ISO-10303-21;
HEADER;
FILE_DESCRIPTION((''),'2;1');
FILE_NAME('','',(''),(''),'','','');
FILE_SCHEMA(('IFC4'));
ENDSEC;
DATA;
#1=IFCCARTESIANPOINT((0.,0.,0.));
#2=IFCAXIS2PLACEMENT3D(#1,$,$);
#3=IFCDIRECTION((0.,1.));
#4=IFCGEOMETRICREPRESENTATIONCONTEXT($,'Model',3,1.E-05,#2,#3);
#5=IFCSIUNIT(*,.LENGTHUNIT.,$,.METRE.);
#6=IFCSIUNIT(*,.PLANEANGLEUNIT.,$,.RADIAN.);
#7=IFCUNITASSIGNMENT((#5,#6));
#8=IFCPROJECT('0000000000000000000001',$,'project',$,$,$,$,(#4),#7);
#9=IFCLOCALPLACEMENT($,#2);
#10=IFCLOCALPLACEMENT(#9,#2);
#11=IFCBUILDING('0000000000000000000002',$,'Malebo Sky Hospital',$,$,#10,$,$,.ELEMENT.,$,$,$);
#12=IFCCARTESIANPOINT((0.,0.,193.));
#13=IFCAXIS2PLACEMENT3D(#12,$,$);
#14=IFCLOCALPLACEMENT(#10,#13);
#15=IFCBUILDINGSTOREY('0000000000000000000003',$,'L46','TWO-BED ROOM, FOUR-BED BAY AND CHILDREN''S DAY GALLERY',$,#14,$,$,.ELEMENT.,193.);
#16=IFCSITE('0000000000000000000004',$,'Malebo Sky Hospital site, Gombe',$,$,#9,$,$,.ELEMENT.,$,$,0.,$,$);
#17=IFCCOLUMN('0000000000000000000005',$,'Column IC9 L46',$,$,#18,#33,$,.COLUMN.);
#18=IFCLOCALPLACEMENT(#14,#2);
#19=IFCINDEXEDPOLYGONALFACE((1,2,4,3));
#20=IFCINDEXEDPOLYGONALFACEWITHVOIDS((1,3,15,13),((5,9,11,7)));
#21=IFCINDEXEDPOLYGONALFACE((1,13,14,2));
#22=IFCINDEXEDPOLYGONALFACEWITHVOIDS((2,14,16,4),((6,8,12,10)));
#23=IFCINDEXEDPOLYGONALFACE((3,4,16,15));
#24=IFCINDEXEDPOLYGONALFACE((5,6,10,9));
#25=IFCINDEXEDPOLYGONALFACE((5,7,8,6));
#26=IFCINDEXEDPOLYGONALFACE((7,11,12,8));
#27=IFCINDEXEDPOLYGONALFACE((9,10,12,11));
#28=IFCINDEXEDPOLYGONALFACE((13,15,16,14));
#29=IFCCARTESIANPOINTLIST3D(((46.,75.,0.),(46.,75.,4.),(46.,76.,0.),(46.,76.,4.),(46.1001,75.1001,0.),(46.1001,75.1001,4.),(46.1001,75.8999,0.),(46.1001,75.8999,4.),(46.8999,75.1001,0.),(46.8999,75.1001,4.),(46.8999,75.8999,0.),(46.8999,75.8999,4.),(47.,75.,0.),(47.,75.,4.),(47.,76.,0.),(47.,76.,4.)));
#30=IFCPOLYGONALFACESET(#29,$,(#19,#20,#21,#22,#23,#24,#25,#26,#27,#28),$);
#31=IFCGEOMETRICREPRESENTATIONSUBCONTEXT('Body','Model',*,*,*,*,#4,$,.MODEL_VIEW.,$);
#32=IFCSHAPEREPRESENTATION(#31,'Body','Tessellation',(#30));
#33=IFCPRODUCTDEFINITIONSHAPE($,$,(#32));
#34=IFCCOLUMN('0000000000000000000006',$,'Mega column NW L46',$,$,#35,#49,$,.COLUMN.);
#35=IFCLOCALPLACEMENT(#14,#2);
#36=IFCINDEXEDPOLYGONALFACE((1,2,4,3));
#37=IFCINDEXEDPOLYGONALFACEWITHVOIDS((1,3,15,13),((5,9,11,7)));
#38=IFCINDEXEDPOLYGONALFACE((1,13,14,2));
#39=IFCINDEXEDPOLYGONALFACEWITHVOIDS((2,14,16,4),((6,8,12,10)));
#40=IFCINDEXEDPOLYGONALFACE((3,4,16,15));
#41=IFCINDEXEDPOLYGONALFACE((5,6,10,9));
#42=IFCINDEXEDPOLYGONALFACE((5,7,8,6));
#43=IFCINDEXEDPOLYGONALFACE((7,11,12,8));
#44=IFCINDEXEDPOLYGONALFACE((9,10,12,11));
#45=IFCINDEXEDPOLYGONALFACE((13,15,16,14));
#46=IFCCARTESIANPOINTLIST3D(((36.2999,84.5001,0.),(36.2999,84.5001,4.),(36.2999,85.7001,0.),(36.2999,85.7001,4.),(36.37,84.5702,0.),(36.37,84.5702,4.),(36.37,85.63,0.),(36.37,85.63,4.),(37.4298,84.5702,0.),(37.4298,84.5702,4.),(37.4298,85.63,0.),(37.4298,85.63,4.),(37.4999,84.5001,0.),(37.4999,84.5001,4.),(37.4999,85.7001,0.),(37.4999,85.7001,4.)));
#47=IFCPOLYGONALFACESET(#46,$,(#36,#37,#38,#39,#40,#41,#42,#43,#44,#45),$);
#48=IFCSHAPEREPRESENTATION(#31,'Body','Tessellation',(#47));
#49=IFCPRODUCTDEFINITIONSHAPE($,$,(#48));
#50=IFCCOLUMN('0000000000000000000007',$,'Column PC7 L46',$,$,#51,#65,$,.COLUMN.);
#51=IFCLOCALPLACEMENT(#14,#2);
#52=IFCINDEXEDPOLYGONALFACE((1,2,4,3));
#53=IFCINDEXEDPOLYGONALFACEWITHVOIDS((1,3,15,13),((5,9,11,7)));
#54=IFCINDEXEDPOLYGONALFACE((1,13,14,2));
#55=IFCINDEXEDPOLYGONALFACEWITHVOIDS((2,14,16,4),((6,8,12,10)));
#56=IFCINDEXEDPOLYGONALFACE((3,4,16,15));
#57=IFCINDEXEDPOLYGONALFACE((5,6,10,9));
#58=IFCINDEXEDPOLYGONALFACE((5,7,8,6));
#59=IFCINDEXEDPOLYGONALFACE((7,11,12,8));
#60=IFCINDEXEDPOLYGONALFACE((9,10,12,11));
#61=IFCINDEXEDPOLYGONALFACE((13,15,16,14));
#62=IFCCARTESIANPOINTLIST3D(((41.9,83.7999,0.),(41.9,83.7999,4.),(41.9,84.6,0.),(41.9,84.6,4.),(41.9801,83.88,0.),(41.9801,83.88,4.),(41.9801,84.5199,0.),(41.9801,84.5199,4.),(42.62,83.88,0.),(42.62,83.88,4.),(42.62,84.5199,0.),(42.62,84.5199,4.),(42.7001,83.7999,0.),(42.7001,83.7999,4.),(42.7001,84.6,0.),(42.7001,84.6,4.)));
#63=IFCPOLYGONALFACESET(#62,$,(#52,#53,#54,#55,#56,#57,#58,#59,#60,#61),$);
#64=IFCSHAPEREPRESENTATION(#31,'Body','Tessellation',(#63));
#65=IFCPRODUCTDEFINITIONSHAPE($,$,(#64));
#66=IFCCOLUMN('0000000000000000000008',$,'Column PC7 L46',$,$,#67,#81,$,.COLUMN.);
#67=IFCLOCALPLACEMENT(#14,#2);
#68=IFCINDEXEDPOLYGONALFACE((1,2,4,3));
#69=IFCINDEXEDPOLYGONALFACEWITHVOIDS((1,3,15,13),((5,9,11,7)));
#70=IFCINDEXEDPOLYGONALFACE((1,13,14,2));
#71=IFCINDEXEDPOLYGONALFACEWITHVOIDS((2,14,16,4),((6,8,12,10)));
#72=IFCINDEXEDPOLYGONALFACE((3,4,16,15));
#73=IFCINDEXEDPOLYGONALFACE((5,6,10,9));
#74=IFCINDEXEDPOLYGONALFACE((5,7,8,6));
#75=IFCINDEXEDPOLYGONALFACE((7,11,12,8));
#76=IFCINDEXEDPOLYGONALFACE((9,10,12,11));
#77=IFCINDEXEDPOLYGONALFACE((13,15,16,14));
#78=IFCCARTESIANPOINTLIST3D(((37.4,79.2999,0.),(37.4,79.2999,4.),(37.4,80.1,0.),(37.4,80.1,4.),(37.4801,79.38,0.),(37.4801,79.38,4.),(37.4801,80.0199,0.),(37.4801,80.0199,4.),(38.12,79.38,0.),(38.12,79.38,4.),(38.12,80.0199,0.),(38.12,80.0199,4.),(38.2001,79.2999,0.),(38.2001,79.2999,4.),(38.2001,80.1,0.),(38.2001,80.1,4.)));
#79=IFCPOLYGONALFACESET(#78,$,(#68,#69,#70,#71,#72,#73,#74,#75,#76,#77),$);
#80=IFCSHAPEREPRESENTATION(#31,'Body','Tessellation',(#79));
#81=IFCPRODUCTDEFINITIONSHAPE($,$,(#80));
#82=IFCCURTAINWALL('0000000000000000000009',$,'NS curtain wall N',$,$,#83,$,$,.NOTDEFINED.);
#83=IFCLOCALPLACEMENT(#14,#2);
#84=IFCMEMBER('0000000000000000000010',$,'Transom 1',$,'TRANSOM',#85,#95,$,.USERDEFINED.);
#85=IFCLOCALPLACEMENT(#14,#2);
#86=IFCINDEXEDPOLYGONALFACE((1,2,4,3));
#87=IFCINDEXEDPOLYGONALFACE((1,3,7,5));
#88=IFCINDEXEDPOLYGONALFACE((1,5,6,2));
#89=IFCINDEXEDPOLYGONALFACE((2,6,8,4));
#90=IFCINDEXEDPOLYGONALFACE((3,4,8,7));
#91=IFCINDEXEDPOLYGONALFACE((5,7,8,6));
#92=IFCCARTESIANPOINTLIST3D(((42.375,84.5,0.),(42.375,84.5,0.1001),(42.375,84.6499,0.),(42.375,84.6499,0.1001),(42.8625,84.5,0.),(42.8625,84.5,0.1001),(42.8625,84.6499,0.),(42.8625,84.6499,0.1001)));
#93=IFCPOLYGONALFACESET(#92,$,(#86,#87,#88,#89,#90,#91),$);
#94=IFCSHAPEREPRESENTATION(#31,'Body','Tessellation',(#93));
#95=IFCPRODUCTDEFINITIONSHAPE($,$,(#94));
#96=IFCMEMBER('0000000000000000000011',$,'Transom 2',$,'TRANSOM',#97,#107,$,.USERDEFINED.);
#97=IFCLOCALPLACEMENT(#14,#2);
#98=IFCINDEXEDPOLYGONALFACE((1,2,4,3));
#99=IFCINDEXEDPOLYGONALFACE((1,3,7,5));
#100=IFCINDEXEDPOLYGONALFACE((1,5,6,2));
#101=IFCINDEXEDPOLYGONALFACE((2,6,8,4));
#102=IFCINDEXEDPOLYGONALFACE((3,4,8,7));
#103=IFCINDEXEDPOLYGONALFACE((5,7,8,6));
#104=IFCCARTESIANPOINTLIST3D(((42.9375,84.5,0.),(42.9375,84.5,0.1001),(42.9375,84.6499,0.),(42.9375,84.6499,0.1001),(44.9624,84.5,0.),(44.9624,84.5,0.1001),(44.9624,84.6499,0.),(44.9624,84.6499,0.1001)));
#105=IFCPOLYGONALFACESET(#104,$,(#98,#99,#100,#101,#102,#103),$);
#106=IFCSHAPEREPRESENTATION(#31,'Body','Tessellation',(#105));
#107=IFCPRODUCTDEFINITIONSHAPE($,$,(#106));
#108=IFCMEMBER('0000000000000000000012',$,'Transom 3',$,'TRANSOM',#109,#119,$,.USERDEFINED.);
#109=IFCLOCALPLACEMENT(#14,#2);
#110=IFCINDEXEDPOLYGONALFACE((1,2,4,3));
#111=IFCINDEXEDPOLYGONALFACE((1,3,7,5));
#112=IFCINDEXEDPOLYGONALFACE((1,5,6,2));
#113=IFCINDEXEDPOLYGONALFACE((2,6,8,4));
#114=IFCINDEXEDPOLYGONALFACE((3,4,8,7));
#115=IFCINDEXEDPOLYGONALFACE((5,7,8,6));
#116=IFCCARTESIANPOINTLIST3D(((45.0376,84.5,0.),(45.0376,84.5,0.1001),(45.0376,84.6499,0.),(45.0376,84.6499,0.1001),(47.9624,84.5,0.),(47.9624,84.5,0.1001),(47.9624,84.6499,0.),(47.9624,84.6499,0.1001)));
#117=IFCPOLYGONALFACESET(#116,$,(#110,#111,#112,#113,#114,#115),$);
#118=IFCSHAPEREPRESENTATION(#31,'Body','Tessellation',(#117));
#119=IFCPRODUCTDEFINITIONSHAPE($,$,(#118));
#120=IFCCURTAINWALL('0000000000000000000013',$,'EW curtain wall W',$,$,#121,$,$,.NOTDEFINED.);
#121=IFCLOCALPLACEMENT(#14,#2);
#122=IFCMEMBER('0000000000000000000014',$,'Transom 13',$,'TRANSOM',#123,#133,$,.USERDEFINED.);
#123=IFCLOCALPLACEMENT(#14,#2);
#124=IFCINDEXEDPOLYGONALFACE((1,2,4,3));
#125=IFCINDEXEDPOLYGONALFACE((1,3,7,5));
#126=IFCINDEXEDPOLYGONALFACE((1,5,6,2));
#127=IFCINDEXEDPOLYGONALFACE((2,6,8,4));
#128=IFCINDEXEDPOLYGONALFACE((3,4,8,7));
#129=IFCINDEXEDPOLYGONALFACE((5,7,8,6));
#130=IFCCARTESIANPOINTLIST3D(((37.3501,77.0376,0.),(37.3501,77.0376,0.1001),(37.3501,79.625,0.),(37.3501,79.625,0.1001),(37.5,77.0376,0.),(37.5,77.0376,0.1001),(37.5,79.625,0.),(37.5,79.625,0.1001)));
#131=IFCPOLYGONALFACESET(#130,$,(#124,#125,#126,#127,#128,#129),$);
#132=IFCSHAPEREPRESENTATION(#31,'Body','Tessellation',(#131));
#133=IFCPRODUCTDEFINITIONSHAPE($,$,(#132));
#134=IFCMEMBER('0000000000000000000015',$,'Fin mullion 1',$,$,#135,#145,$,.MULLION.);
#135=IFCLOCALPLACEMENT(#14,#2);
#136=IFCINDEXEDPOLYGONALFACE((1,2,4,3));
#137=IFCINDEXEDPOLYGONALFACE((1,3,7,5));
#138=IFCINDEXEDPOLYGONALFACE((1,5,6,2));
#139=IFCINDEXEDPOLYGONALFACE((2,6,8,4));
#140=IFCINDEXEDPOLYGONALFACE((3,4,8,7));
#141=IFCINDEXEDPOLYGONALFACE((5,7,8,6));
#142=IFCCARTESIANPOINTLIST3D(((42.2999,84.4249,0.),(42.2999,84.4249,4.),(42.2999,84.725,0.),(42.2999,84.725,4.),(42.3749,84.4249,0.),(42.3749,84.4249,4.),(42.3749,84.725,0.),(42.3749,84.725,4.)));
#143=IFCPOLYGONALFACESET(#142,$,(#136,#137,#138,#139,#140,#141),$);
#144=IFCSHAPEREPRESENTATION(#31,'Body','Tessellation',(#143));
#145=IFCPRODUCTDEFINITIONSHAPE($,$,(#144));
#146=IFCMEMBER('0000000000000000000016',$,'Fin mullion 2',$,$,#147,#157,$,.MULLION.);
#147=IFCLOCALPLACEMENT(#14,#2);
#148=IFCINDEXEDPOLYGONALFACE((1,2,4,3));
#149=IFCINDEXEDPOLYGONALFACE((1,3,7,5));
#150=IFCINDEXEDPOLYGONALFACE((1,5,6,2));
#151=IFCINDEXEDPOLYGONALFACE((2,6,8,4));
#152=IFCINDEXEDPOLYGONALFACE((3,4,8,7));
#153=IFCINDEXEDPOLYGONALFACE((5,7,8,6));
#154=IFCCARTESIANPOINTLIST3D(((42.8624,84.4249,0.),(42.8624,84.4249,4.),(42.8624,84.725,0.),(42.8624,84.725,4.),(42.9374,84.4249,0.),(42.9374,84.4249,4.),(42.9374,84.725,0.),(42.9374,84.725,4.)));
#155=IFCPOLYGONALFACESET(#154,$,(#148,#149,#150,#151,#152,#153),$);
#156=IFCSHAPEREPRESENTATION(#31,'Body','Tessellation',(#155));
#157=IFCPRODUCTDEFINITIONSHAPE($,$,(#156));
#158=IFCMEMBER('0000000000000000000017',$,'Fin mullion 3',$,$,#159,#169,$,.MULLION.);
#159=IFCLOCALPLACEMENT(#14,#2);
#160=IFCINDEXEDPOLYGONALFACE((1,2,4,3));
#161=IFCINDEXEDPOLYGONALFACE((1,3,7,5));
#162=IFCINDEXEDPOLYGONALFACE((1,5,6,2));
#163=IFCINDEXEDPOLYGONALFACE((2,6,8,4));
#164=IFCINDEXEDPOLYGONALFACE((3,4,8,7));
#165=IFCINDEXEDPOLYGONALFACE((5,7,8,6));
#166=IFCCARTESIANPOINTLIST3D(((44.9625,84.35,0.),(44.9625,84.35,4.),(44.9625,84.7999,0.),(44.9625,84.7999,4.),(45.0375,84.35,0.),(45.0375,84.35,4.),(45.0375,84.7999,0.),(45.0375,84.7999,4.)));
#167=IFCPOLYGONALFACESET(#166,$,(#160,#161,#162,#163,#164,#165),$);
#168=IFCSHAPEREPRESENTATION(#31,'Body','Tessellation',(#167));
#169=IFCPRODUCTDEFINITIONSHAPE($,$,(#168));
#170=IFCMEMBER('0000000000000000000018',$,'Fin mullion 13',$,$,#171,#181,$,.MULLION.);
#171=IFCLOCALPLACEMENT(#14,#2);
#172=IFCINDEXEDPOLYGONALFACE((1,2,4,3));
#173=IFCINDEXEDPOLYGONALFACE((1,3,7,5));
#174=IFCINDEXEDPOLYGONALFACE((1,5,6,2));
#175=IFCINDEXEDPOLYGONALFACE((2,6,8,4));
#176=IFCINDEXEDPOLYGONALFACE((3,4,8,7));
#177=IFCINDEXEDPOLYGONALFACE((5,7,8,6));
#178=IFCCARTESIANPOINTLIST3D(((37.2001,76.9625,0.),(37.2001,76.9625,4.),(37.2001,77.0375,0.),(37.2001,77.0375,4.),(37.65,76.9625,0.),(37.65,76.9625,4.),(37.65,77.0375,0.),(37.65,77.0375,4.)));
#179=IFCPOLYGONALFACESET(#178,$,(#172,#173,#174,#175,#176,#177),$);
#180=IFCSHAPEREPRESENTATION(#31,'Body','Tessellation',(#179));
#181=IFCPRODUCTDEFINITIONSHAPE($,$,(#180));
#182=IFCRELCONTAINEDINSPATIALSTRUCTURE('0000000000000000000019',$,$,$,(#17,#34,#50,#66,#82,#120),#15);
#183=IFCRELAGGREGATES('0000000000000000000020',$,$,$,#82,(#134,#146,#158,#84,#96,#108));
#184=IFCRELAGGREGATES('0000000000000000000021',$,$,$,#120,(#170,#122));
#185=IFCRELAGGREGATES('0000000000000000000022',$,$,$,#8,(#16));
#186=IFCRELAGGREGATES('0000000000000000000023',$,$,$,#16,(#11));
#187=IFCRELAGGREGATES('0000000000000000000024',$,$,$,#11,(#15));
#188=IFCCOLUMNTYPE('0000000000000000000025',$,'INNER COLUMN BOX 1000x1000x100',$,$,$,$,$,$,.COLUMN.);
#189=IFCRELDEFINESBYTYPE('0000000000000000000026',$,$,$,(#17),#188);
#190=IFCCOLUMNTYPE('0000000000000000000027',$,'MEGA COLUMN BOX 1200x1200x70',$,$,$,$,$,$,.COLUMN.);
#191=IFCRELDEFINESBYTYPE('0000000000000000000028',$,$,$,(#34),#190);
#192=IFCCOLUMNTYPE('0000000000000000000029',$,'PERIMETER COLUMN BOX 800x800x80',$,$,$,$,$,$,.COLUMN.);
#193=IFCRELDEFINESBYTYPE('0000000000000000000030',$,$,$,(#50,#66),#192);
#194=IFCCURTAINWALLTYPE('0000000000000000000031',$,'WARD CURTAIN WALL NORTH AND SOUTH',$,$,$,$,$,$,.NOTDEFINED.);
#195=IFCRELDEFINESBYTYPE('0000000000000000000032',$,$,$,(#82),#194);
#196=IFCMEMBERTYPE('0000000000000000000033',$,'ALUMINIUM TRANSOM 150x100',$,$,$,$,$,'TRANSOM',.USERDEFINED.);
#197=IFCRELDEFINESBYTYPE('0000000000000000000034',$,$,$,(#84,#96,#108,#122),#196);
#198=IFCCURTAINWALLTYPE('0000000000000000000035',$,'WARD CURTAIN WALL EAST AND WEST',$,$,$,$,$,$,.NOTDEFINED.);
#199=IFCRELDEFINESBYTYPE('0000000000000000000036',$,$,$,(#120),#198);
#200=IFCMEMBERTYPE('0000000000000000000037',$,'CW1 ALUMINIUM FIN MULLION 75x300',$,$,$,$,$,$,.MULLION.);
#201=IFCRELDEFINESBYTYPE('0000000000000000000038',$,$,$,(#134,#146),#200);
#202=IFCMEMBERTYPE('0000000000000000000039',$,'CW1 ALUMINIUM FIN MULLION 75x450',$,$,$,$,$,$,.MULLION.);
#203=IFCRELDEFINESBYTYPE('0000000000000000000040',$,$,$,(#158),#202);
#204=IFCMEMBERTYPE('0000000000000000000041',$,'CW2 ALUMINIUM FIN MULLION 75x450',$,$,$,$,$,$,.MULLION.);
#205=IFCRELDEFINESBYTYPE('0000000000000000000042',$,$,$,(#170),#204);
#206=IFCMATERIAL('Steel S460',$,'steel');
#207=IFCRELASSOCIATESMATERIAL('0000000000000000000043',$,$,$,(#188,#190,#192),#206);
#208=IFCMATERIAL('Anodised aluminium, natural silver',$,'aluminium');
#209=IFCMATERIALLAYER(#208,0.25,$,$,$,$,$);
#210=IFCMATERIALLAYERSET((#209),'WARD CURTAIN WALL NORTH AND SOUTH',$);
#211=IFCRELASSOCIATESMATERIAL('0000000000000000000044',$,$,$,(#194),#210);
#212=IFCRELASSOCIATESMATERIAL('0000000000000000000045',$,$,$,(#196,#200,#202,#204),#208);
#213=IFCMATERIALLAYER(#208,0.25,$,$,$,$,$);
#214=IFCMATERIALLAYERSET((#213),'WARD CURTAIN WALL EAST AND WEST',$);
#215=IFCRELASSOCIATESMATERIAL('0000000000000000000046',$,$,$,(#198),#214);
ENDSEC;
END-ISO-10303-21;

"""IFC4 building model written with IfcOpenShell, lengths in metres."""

from ifc_helpers import new_model, si_unit, direction, frame, origin, origin_2d, place, context, subcontext, project, spatial, rectangle, hollow_rectangle, extrude, material, layer, layer_set, material_profile, profile_set, type_object, element, aggregate, save


model = new_model("IFC4")

# Units and contexts
model_context = context("Model", 3, precision=1e-05, world=origin(), true_north=direction((0.0, 1.0)))
body_context = subcontext(model_context, "Body", "Model", "MODEL_VIEW")
ifc_project = project(units=[si_unit("LENGTHUNIT", "METRE"), si_unit("PLANEANGLEUNIT", "RADIAN")], contexts=[model_context])

# Site, building, storey
site_placement = place(None, origin())
site = spatial("IfcSite", under=ifc_project, at=site_placement, Name="Malebo Sky Hospital site, Gombe", CompositionType="ELEMENT", RefElevation=0.0)
building_placement = place(site_placement, origin())
building = spatial("IfcBuilding", under=site, at=building_placement, Name="Malebo Sky Hospital", CompositionType="ELEMENT")
storey_placement = place(building_placement, frame((0.0, 0.0, 193.0)))
storey = spatial("IfcBuildingStorey", under=building, at=storey_placement, Name="L46", Description="TWO-BED ROOM, FOUR-BED BAY AND CHILDREN'S DAY GALLERY", CompositionType="ELEMENT", Elevation=193.0)

# Columns
ifc_material_1 = material(Name="Steel S460", Category="steel")
ifc_material_profile_1 = material_profile(ifc_material_1, hollow_rectangle(XDim=1.0, YDim=1.0, WallThickness=0.1001, at=origin_2d()), Name="BOX 1000x1000x100")
ifc_profile_set_1 = profile_set([ifc_material_profile_1], Name="Steel S460")
column_type_1 = type_object("IfcColumnType", Name="INNER COLUMN BOX 1000x1000x100", PredefinedType="COLUMN", material=ifc_profile_set_1)
column_1_placement = place(storey_placement, frame((46.5, 75.5, 0.0), z_axis=(0.0, 0.0, 1.0), x_axis=(1.0, 0.0, 0.0)))
element("IfcColumn", 1, at=column_1_placement, inside=storey, type_object=column_type_1, Name="Column IC9 L46", PredefinedType="COLUMN", context=body_context, shape_type="SweptSolid", body=[
    extrude(hollow_rectangle(XDim=1.0, YDim=1.0, WallThickness=0.1001, at=origin_2d()), origin(), (0.0, 0.0, 1.0), 4.0),
])
ifc_material_profile_2 = material_profile(ifc_material_1, hollow_rectangle(XDim=1.2, YDim=1.2, WallThickness=0.0701, at=origin_2d()), Name="BOX 1200x1200x70")
ifc_profile_set_2 = profile_set([ifc_material_profile_2], Name="Steel S460")
column_type_2 = type_object("IfcColumnType", Name="MEGA COLUMN BOX 1200x1200x70", PredefinedType="COLUMN", material=ifc_profile_set_2)
column_2_placement = place(storey_placement, frame((36.8999, 85.1001, 0.0), z_axis=(0.0, 0.0, 1.0), x_axis=(1.0, 0.0, 0.0)))
element("IfcColumn", 2, at=column_2_placement, inside=storey, type_object=column_type_2, Name="Mega column NW L46", PredefinedType="COLUMN", context=body_context, shape_type="SweptSolid", body=[
    extrude(hollow_rectangle(XDim=1.2, YDim=1.2, WallThickness=0.0701, at=origin_2d()), origin(), (0.0, 0.0, 1.0), 4.0),
])
ifc_material_profile_3 = material_profile(ifc_material_1, hollow_rectangle(XDim=0.8, YDim=0.8, WallThickness=0.0801, at=origin_2d()), Name="BOX 800x800x80")
ifc_profile_set_3 = profile_set([ifc_material_profile_3], Name="Steel S460")
column_type_3 = type_object("IfcColumnType", Name="PERIMETER COLUMN BOX 800x800x80", PredefinedType="COLUMN", material=ifc_profile_set_3)
for number, where, z_axis, x_axis, name in (
    (3, (42.3, 84.2, 0.0), (0.0, 0.0, 1.0), (1.0, 0.0, 0.0), "Column PC7 L46"),
    (4, (37.8, 79.7, 0.0), (0.0, 0.0, 1.0), (1.0, 0.0, 0.0), "Column PC7 L46"),
):
    element("IfcColumn", number, at=place(storey_placement, frame(where, z_axis=z_axis, x_axis=x_axis)), inside=storey, type_object=column_type_3, Name=name, PredefinedType="COLUMN", context=body_context, shape_type="SweptSolid", body=[
        extrude(hollow_rectangle(XDim=0.8, YDim=0.8, WallThickness=0.0801, at=origin_2d()), origin(), (0.0, 0.0, 1.0), 4.0),
    ])

# Curtain wall, members
ifc_material_2 = material(Name="Anodised aluminium, natural silver", Category="aluminium")
ifc_layer_1 = layer(ifc_material_2, 0.25)
ifc_layer_set_1 = layer_set([ifc_layer_1], Name="WARD CURTAIN WALL NORTH AND SOUTH")
curtain_wall_type_1 = type_object("IfcCurtainWallType", Name="WARD CURTAIN WALL NORTH AND SOUTH", PredefinedType="NOTDEFINED", material=ifc_layer_set_1)
curtain_wall_1_placement = place(storey_placement, origin())
curtain_wall_1 = element("IfcCurtainWall", 5, at=curtain_wall_1_placement, inside=storey, type_object=curtain_wall_type_1, Name="NS curtain wall N", PredefinedType="NOTDEFINED")
ifc_material_profile_4 = material_profile(ifc_material_2, rectangle(XDim=0.1499, YDim=0.1001, at=origin_2d()), Name="ALUMINIUM TRANSOM 150x100")
ifc_profile_set_4 = profile_set([ifc_material_profile_4], Name="Anodised aluminium, natural silver")
member_type_1 = type_object("IfcMemberType", Name="ALUMINIUM TRANSOM 150x100", ElementType="TRANSOM", PredefinedType="USERDEFINED", material=ifc_profile_set_4)
member_1_placement = place(storey_placement, frame((42.375, 84.575, 0.05), z_axis=(1.0, 0.0, 0.0), x_axis=(0.0, 1.0, 0.0)))
member_1 = element("IfcMember", 6, at=member_1_placement, type_object=member_type_1, Name="Transom 1", ObjectType="TRANSOM", PredefinedType="USERDEFINED", context=body_context, shape_type="SweptSolid", body=[
    extrude(rectangle(XDim=0.1499, YDim=0.1001, at=origin_2d()), origin(), (0.0, 0.0, 1.0), 0.4875),
])
member_2_placement = place(storey_placement, frame((42.9375, 84.575, 0.05), z_axis=(1.0, 0.0, 0.0), x_axis=(0.0, 1.0, 0.0)))
member_2 = element("IfcMember", 7, at=member_2_placement, type_object=member_type_1, Name="Transom 2", ObjectType="TRANSOM", PredefinedType="USERDEFINED", context=body_context, shape_type="SweptSolid", body=[
    extrude(rectangle(XDim=0.1499, YDim=0.1001, at=origin_2d()), origin(), (0.0, 0.0, 1.0), 2.0249),
])
member_3_placement = place(storey_placement, frame((45.0376, 84.575, 0.05), z_axis=(1.0, 0.0, 0.0), x_axis=(0.0, 1.0, 0.0)))
member_3 = element("IfcMember", 8, at=member_3_placement, type_object=member_type_1, Name="Transom 3", ObjectType="TRANSOM", PredefinedType="USERDEFINED", context=body_context, shape_type="SweptSolid", body=[
    extrude(rectangle(XDim=0.1499, YDim=0.1001, at=origin_2d()), origin(), (0.0, 0.0, 1.0), 2.9248),
])

# Curtain wall, member
ifc_layer_2 = layer(ifc_material_2, 0.25)
ifc_layer_set_2 = layer_set([ifc_layer_2], Name="WARD CURTAIN WALL EAST AND WEST")
curtain_wall_type_2 = type_object("IfcCurtainWallType", Name="WARD CURTAIN WALL EAST AND WEST", PredefinedType="NOTDEFINED", material=ifc_layer_set_2)
curtain_wall_2_placement = place(storey_placement, origin())
curtain_wall_2 = element("IfcCurtainWall", 9, at=curtain_wall_2_placement, inside=storey, type_object=curtain_wall_type_2, Name="EW curtain wall W", PredefinedType="NOTDEFINED")
member_4_placement = place(storey_placement, frame((37.425, 77.0376, 0.05), z_axis=(0.0, 1.0, 0.0), x_axis=(-1.0, 0.0, 0.0)))
member_4 = element("IfcMember", 10, at=member_4_placement, type_object=member_type_1, Name="Transom 13", ObjectType="TRANSOM", PredefinedType="USERDEFINED", context=body_context, shape_type="SweptSolid", body=[
    extrude(rectangle(XDim=0.1499, YDim=0.1001, at=origin_2d()), origin(), (0.0, 0.0, 1.0), 2.5874),
])

# Members
ifc_material_profile_5 = material_profile(ifc_material_2, rectangle(XDim=0.075, YDim=0.3, at=origin_2d()), Name="CW1 ALUMINIUM FIN MULLION 75x300")
ifc_profile_set_5 = profile_set([ifc_material_profile_5], Name="Anodised aluminium, natural silver")
member_type_2 = type_object("IfcMemberType", Name="CW1 ALUMINIUM FIN MULLION 75x300", PredefinedType="MULLION", material=ifc_profile_set_5)
member_5_placement = place(storey_placement, frame((42.3374, 84.575, 0.0), z_axis=(0.0, 0.0, 1.0), x_axis=(1.0, 0.0, 0.0)))
member_5 = element("IfcMember", 11, at=member_5_placement, type_object=member_type_2, Name="Fin mullion 1", PredefinedType="MULLION", context=body_context, shape_type="SweptSolid", body=[
    extrude(rectangle(XDim=0.075, YDim=0.3, at=origin_2d()), origin(), (0.0, 0.0, 1.0), 4.0),
])
member_6_placement = place(storey_placement, frame((42.8999, 84.575, 0.0), z_axis=(0.0, 0.0, 1.0), x_axis=(1.0, 0.0, 0.0)))
member_6 = element("IfcMember", 12, at=member_6_placement, type_object=member_type_2, Name="Fin mullion 2", PredefinedType="MULLION", context=body_context, shape_type="SweptSolid", body=[
    extrude(rectangle(XDim=0.075, YDim=0.3, at=origin_2d()), origin(), (0.0, 0.0, 1.0), 4.0),
])
ifc_material_profile_6 = material_profile(ifc_material_2, rectangle(XDim=0.075, YDim=0.45, at=origin_2d()), Name="CW1 ALUMINIUM FIN MULLION 75x450")
ifc_profile_set_6 = profile_set([ifc_material_profile_6], Name="Anodised aluminium, natural silver")
member_type_3 = type_object("IfcMemberType", Name="CW1 ALUMINIUM FIN MULLION 75x450", PredefinedType="MULLION", material=ifc_profile_set_6)
member_7_placement = place(storey_placement, frame((45.0, 84.575, 0.0), z_axis=(0.0, 0.0, 1.0), x_axis=(1.0, 0.0, 0.0)))
member_7 = element("IfcMember", 13, at=member_7_placement, type_object=member_type_3, Name="Fin mullion 3", PredefinedType="MULLION", context=body_context, shape_type="SweptSolid", body=[
    extrude(rectangle(XDim=0.075, YDim=0.45, at=origin_2d()), origin(), (0.0, 0.0, 1.0), 4.0),
])
ifc_material_profile_7 = material_profile(ifc_material_2, rectangle(XDim=0.075, YDim=0.45, at=origin_2d()), Name="CW2 ALUMINIUM FIN MULLION 75x450")
ifc_profile_set_7 = profile_set([ifc_material_profile_7], Name="Anodised aluminium, natural silver")
member_type_4 = type_object("IfcMemberType", Name="CW2 ALUMINIUM FIN MULLION 75x450", PredefinedType="MULLION", material=ifc_profile_set_7)
member_8_placement = place(storey_placement, frame((37.425, 77.0, 0.0), z_axis=(0.0, 0.0, 1.0), x_axis=(0.0, 1.0, 0.0)))
member_8 = element("IfcMember", 14, at=member_8_placement, type_object=member_type_4, Name="Fin mullion 13", PredefinedType="MULLION", context=body_context, shape_type="SweptSolid", body=[
    extrude(rectangle(XDim=0.075, YDim=0.45, at=origin_2d()), origin(), (0.0, 0.0, 1.0), 4.0),
])

aggregate(curtain_wall_1, [member_5, member_6, member_7, member_1, member_2, member_3])
aggregate(curtain_wall_2, [member_8, member_4])

save(model, "model.ifc")
